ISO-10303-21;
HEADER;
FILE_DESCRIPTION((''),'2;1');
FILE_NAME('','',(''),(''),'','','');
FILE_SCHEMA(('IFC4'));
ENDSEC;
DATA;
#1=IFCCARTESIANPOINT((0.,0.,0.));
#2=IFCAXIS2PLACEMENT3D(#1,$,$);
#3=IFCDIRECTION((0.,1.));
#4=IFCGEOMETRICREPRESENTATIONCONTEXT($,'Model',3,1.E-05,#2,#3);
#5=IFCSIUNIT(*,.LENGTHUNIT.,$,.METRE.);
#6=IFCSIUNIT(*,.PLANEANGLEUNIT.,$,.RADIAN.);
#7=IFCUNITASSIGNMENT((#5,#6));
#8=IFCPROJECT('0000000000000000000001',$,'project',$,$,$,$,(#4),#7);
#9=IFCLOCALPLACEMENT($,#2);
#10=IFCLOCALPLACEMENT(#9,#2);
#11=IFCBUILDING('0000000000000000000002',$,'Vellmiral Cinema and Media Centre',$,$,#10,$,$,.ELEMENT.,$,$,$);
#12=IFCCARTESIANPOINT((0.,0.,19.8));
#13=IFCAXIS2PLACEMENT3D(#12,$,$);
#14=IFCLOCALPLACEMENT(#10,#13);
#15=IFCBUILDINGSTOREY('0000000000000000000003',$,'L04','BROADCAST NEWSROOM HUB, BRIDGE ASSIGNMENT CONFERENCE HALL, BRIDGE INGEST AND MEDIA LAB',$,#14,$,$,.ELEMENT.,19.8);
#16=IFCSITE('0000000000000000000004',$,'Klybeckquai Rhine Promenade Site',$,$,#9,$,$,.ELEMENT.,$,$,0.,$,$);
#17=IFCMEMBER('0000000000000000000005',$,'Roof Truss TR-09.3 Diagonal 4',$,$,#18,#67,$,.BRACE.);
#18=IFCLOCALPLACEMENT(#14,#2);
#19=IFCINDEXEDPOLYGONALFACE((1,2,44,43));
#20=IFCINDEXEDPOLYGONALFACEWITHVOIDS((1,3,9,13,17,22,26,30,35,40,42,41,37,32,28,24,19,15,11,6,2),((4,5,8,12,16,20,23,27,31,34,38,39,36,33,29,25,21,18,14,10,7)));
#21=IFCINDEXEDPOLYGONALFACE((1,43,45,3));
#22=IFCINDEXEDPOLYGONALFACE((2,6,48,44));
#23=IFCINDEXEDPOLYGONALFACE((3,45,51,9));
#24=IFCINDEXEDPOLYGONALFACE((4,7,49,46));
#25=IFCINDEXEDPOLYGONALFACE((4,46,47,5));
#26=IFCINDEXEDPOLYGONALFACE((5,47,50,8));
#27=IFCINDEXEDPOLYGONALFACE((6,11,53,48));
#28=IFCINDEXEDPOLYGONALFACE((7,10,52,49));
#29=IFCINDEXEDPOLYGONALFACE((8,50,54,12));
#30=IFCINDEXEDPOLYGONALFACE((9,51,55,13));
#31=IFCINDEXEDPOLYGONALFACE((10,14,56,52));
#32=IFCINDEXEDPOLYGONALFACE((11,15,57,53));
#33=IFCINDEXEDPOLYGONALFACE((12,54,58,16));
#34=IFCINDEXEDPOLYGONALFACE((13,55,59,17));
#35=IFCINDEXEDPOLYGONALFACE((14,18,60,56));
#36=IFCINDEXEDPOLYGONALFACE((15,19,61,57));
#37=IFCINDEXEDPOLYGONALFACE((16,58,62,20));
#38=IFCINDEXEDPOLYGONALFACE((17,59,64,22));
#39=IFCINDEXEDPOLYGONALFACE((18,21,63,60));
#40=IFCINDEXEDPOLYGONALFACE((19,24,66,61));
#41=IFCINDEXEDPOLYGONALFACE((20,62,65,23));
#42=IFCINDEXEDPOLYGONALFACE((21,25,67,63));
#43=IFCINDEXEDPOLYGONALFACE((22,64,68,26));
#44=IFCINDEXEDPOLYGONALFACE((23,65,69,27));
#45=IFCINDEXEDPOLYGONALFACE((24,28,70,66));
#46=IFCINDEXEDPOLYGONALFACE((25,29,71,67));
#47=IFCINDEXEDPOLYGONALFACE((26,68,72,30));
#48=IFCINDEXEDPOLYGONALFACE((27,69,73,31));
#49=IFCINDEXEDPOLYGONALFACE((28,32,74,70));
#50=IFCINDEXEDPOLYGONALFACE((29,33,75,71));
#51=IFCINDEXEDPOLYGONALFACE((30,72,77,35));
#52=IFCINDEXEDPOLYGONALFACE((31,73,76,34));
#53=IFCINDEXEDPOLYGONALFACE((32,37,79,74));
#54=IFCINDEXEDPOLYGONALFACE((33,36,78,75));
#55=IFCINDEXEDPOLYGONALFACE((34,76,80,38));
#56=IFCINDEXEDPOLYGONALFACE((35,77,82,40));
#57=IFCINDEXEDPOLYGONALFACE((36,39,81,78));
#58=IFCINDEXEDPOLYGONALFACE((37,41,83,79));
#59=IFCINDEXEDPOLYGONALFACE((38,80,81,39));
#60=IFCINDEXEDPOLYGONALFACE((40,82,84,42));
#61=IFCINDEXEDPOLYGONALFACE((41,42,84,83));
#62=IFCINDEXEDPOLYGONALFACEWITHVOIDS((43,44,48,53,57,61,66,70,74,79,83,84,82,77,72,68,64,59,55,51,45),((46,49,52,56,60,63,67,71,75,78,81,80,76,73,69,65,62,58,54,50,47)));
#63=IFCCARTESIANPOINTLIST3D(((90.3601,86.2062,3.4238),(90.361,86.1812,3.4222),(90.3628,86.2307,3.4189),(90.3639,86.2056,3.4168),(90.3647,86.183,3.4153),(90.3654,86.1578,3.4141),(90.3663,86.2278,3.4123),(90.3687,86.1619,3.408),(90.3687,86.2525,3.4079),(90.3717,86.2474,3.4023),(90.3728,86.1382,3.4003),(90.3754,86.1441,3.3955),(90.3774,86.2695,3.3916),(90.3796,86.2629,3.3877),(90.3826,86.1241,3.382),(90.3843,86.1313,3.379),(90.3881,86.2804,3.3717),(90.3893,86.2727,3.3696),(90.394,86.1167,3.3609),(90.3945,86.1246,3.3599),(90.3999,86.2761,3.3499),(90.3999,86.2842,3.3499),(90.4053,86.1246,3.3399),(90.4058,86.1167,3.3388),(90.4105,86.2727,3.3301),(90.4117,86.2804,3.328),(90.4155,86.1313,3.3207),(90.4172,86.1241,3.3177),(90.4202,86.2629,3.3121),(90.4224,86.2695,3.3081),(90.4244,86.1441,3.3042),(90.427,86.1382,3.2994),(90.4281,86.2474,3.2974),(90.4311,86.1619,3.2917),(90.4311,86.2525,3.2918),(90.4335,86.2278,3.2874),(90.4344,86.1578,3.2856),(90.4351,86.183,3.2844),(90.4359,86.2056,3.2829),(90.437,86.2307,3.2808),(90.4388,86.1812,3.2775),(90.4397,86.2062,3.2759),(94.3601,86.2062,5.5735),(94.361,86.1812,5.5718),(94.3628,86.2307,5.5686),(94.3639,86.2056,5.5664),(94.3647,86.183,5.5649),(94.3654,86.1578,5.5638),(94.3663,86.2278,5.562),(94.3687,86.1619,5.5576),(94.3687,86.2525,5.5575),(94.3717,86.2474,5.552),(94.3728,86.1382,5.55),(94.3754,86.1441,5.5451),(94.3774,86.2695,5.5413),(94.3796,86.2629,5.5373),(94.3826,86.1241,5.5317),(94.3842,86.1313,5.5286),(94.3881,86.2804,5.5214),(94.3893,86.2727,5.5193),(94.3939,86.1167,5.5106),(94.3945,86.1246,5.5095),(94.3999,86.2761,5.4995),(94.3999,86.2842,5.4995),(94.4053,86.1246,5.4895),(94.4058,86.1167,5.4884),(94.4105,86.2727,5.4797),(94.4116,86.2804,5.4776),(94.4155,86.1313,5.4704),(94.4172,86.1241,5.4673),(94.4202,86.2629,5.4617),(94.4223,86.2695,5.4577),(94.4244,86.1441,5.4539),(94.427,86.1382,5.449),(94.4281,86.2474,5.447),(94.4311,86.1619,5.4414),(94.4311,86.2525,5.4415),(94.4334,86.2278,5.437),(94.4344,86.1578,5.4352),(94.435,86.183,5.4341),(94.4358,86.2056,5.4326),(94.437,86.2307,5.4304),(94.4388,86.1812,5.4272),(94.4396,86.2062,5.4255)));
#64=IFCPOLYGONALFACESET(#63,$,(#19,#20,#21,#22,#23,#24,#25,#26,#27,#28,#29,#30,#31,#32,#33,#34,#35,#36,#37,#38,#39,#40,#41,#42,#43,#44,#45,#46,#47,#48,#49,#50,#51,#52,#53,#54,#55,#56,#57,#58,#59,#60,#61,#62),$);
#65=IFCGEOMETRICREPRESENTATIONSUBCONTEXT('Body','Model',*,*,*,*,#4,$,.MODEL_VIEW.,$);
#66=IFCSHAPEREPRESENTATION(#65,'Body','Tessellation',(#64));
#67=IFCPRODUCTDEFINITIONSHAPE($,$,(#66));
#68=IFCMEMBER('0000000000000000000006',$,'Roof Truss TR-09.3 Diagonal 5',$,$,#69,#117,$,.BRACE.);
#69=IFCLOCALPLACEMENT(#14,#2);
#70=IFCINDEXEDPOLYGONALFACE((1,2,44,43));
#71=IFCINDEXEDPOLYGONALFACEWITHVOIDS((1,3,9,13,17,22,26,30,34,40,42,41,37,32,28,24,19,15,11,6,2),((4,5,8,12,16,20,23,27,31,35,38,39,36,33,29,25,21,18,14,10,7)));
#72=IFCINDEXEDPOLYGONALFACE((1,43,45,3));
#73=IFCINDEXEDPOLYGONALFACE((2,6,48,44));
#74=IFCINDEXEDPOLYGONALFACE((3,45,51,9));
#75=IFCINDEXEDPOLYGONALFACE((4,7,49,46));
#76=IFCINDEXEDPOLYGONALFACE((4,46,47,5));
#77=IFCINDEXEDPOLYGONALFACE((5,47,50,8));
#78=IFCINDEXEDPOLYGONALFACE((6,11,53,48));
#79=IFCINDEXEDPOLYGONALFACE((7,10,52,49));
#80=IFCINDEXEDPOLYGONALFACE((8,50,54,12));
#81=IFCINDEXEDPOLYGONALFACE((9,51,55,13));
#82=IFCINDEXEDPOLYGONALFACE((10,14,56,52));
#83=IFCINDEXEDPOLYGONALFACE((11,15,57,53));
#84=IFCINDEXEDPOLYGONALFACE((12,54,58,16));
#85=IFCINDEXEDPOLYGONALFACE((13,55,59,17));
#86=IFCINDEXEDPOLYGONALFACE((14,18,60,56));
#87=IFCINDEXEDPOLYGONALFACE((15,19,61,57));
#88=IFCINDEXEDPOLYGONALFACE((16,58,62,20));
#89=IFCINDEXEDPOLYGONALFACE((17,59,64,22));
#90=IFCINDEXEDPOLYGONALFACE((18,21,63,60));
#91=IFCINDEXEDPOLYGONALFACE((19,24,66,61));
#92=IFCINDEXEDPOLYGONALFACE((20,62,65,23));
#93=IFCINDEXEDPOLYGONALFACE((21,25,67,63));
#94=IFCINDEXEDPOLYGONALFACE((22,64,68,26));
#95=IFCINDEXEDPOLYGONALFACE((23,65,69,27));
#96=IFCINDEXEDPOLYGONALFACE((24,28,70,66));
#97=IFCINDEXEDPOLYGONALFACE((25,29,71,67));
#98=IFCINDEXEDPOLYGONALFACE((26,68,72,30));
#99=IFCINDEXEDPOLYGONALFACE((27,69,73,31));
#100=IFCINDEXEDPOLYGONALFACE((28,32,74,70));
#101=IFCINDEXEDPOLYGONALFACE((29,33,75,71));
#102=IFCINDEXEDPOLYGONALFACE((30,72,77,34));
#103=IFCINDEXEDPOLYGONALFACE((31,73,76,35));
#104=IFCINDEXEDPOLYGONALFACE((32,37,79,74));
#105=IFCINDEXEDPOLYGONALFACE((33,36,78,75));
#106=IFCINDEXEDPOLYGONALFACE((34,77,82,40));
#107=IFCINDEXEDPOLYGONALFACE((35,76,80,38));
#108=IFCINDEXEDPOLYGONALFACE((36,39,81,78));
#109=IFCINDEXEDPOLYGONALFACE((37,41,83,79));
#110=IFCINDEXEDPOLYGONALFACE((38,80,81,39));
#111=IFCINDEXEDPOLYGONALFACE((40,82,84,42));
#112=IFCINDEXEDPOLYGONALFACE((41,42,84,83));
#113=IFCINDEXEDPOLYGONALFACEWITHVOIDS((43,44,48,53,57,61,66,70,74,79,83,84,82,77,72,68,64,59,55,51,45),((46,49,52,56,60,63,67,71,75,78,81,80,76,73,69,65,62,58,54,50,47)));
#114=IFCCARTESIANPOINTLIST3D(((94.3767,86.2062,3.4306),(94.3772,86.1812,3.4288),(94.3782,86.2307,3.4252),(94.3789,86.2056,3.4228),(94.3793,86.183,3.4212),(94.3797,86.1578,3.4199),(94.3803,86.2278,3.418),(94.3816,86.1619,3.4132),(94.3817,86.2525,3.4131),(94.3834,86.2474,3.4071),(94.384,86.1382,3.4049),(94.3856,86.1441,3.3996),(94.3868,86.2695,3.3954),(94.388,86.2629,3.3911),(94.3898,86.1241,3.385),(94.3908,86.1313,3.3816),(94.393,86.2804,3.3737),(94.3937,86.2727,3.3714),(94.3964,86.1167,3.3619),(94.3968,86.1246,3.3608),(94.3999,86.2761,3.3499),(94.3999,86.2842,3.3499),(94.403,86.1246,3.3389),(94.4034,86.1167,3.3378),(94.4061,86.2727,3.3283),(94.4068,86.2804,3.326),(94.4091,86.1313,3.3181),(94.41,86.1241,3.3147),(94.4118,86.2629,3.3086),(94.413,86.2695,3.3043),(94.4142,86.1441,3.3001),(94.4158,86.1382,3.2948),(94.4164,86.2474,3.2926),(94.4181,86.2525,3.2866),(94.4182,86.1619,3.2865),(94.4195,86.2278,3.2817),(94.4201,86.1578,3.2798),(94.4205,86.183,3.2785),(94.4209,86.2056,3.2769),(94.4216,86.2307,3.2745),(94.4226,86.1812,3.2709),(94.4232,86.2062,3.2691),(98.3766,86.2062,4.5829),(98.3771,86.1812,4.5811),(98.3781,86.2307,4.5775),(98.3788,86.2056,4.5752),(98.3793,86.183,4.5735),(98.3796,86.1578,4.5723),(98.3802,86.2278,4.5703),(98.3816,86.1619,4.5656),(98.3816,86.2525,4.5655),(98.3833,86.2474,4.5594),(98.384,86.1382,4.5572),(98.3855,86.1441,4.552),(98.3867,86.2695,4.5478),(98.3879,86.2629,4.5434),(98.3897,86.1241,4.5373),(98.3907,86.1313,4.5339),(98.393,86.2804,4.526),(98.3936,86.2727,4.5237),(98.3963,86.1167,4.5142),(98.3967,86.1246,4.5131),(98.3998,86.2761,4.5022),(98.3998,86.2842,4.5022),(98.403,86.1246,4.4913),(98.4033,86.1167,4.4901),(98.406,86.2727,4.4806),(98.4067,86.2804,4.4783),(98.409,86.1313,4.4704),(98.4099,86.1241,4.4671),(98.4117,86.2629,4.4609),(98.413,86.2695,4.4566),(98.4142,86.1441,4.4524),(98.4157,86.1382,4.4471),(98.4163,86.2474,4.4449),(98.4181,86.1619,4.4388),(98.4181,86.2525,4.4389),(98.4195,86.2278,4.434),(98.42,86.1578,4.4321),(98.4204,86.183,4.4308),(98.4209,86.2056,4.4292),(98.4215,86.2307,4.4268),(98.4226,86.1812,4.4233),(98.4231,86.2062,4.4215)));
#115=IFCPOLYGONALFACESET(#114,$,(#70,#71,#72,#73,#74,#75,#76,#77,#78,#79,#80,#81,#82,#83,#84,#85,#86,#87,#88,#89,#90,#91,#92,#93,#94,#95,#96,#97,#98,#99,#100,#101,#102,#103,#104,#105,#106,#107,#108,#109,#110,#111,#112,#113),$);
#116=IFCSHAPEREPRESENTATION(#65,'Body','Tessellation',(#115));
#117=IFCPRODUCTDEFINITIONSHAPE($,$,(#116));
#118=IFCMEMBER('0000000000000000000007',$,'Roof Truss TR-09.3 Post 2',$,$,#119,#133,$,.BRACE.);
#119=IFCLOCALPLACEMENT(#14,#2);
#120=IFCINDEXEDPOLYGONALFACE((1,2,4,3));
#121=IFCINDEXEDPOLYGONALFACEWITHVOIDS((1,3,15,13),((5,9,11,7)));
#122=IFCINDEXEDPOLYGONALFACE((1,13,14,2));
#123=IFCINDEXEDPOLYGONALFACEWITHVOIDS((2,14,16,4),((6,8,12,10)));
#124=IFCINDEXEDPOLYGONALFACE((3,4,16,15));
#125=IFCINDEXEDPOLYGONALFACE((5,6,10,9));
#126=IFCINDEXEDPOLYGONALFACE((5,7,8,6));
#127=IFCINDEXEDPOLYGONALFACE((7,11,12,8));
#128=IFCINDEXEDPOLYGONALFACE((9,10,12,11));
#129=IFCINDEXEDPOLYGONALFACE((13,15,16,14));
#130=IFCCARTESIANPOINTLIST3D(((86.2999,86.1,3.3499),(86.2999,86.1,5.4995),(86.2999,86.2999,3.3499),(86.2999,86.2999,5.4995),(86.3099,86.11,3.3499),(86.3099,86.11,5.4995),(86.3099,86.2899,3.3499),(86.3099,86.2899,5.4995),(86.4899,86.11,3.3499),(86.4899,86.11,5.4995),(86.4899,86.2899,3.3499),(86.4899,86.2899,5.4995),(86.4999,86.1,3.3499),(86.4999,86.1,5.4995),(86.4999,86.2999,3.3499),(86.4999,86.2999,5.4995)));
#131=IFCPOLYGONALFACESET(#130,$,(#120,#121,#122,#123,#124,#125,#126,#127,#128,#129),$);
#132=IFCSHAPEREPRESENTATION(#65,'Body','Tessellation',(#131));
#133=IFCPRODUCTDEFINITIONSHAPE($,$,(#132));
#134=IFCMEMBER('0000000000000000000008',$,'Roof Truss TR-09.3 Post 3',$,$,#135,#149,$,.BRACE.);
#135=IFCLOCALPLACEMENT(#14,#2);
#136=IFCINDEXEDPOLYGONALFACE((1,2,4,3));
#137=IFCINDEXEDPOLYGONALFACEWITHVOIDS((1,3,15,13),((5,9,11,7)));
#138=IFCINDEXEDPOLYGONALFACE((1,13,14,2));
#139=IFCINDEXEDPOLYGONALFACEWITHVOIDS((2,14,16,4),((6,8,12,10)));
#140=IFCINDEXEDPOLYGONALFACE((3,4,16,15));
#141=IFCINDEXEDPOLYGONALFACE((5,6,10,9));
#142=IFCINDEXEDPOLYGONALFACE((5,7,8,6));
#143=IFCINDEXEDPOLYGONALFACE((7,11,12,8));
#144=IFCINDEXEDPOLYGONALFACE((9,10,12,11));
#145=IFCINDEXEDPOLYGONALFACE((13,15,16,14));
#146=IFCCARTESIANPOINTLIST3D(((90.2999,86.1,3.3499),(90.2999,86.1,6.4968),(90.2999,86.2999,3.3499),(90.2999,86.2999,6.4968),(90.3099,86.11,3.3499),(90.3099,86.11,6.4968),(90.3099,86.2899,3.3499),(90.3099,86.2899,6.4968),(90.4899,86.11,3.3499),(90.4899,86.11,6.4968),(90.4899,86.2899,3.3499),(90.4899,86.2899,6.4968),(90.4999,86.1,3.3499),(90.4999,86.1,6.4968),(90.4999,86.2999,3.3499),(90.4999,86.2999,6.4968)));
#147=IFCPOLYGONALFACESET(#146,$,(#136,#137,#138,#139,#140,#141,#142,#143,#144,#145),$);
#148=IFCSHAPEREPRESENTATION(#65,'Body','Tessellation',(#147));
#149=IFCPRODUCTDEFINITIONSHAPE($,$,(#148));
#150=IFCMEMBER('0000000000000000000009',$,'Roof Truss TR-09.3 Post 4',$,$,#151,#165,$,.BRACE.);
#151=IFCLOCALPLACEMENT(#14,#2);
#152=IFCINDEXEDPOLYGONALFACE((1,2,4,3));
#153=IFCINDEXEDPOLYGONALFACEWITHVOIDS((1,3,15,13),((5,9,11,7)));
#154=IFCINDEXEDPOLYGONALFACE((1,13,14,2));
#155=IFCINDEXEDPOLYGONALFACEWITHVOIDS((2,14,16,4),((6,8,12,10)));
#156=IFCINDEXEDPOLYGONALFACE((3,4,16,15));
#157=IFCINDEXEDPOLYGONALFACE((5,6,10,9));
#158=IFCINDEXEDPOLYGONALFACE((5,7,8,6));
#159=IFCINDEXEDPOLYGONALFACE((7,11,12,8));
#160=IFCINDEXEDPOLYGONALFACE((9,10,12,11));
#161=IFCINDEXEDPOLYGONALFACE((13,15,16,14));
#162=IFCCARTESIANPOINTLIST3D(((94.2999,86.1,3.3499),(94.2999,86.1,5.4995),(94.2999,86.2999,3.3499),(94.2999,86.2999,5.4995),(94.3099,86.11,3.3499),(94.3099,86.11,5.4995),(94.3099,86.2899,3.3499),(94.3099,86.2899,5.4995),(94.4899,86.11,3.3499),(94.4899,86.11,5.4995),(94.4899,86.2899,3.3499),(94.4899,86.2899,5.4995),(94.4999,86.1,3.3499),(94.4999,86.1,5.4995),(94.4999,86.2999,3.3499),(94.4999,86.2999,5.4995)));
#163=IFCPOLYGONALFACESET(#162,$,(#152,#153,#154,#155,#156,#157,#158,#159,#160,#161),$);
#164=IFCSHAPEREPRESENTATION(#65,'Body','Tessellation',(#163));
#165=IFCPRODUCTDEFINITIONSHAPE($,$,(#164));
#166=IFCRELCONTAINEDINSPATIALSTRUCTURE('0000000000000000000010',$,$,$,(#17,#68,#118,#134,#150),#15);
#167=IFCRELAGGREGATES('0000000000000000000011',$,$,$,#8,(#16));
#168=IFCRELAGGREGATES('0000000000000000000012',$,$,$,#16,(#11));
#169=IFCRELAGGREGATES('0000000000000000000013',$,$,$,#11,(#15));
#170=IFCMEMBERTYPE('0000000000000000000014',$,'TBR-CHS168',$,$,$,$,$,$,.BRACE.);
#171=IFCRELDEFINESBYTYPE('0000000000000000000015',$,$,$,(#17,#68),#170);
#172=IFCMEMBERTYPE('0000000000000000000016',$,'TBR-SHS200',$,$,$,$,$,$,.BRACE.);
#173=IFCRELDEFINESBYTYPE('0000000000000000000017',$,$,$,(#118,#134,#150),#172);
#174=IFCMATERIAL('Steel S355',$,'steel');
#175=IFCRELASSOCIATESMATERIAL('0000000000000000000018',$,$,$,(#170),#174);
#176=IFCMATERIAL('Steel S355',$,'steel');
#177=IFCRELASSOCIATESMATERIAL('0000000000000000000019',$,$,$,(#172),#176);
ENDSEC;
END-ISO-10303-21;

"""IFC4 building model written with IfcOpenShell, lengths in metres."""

from ifc_helpers import new_model, si_unit, direction, frame, origin, origin_2d, place, context, subcontext, project, spatial, hollow_rectangle, hollow_circle, extrude, material, material_profile, profile_set, type_object, element, save


model = new_model("IFC4")

# Units and contexts
model_context = context("Model", 3, precision=1e-05, world=origin(), true_north=direction((0.0, 1.0)))
body_context = subcontext(model_context, "Body", "Model", "MODEL_VIEW")
ifc_project = project(units=[si_unit("LENGTHUNIT", "METRE"), si_unit("PLANEANGLEUNIT", "RADIAN")], contexts=[model_context])

# Site, building, storey
site_placement = place(None, origin())
site = spatial("IfcSite", under=ifc_project, at=site_placement, Name="Klybeckquai Rhine Promenade Site", CompositionType="ELEMENT", RefElevation=0.0)
building_placement = place(site_placement, origin())
building = spatial("IfcBuilding", under=site, at=building_placement, Name="Vellmiral Cinema and Media Centre", CompositionType="ELEMENT")
storey_placement = place(building_placement, frame((0.0, 0.0, 19.8)))
storey = spatial("IfcBuildingStorey", under=building, at=storey_placement, Name="L04", Description="BROADCAST NEWSROOM HUB, BRIDGE ASSIGNMENT CONFERENCE HALL, BRIDGE INGEST AND MEDIA LAB", CompositionType="ELEMENT", Elevation=19.8)

# Members
ifc_material_1 = material(Name="Steel S355", Category="steel")
ifc_material_profile_1 = material_profile(ifc_material_1, hollow_circle(Radius=0.0842, WallThickness=0.0081, at=origin_2d()), Name="CHS 168.3x8.0")
ifc_profile_set_1 = profile_set([ifc_material_profile_1], Name="Steel S355")
member_type_1 = type_object("IfcMemberType", Name="TBR-CHS168", PredefinedType="BRACE", material=ifc_profile_set_1)
for number, where, z_axis, x_axis, name in (
    (1, (90.3999, 86.2, 3.3499), (0.880856, 0.0, 0.473385), (0.0, 1.0, 0.0), "Roof Truss TR-09.3 Diagonal 4"),
):
    element("IfcMember", number, at=place(storey_placement, frame(where, z_axis=z_axis, x_axis=x_axis)), inside=storey, type_object=member_type_1, Name=name, PredefinedType="BRACE", context=body_context, shape_type="SweptSolid", body=[
        extrude(hollow_circle(Radius=0.0842, WallThickness=0.0081, at=origin_2d()), origin(), (0.0, 0.0, 1.0), 4.541),
    ])
member_1_placement = place(storey_placement, frame((94.3999, 86.2, 3.3499), z_axis=(0.96092, 0.0, 0.276827), x_axis=(0.0, 1.0, 0.0)))
element("IfcMember", 2, at=member_1_placement, inside=storey, type_object=member_type_1, Name="Roof Truss TR-09.3 Diagonal 5", PredefinedType="BRACE", context=body_context, shape_type="SweptSolid", body=[
    extrude(hollow_circle(Radius=0.0842, WallThickness=0.0081, at=origin_2d()), origin(), (0.0, 0.0, 1.0), 4.1626),
])
ifc_material_2 = material(Name="Steel S355", Category="steel")
ifc_material_profile_2 = material_profile(ifc_material_2, hollow_rectangle(XDim=0.2, YDim=0.2, WallThickness=0.01, at=origin_2d()), Name="SHS 200x200x10.0")
ifc_profile_set_2 = profile_set([ifc_material_profile_2], Name="Steel S355")
member_type_2 = type_object("IfcMemberType", Name="TBR-SHS200", PredefinedType="BRACE", material=ifc_profile_set_2)
member_2_placement = place(storey_placement, frame((86.3999, 86.2, 3.3499), z_axis=(0.0, 0.0, 1.0), x_axis=(1.0, 0.0, 0.0)))
element("IfcMember", 3, at=member_2_placement, inside=storey, type_object=member_type_2, Name="Roof Truss TR-09.3 Post 2", PredefinedType="BRACE", context=body_context, shape_type="SweptSolid", body=[
    extrude(hollow_rectangle(XDim=0.2, YDim=0.2, WallThickness=0.01, at=origin_2d()), origin(), (0.0, 0.0, 1.0), 2.1497),
])
member_3_placement = place(storey_placement, frame((90.3999, 86.2, 3.3499), z_axis=(0.0, 0.0, 1.0), x_axis=(1.0, 0.0, 0.0)))
element("IfcMember", 4, at=member_3_placement, inside=storey, type_object=member_type_2, Name="Roof Truss TR-09.3 Post 3", PredefinedType="BRACE", context=body_context, shape_type="SweptSolid", body=[
    extrude(hollow_rectangle(XDim=0.2, YDim=0.2, WallThickness=0.01, at=origin_2d()), origin(), (0.0, 0.0, 1.0), 3.147),
])
member_4_placement = place(storey_placement, frame((94.3999, 86.2, 3.3499), z_axis=(0.0, 0.0, 1.0), x_axis=(1.0, 0.0, 0.0)))
element("IfcMember", 5, at=member_4_placement, inside=storey, type_object=member_type_2, Name="Roof Truss TR-09.3 Post 4", PredefinedType="BRACE", context=body_context, shape_type="SweptSolid", body=[
    extrude(hollow_rectangle(XDim=0.2, YDim=0.2, WallThickness=0.01, at=origin_2d()), origin(), (0.0, 0.0, 1.0), 2.1497),
])

save(model, "model.ifc")
